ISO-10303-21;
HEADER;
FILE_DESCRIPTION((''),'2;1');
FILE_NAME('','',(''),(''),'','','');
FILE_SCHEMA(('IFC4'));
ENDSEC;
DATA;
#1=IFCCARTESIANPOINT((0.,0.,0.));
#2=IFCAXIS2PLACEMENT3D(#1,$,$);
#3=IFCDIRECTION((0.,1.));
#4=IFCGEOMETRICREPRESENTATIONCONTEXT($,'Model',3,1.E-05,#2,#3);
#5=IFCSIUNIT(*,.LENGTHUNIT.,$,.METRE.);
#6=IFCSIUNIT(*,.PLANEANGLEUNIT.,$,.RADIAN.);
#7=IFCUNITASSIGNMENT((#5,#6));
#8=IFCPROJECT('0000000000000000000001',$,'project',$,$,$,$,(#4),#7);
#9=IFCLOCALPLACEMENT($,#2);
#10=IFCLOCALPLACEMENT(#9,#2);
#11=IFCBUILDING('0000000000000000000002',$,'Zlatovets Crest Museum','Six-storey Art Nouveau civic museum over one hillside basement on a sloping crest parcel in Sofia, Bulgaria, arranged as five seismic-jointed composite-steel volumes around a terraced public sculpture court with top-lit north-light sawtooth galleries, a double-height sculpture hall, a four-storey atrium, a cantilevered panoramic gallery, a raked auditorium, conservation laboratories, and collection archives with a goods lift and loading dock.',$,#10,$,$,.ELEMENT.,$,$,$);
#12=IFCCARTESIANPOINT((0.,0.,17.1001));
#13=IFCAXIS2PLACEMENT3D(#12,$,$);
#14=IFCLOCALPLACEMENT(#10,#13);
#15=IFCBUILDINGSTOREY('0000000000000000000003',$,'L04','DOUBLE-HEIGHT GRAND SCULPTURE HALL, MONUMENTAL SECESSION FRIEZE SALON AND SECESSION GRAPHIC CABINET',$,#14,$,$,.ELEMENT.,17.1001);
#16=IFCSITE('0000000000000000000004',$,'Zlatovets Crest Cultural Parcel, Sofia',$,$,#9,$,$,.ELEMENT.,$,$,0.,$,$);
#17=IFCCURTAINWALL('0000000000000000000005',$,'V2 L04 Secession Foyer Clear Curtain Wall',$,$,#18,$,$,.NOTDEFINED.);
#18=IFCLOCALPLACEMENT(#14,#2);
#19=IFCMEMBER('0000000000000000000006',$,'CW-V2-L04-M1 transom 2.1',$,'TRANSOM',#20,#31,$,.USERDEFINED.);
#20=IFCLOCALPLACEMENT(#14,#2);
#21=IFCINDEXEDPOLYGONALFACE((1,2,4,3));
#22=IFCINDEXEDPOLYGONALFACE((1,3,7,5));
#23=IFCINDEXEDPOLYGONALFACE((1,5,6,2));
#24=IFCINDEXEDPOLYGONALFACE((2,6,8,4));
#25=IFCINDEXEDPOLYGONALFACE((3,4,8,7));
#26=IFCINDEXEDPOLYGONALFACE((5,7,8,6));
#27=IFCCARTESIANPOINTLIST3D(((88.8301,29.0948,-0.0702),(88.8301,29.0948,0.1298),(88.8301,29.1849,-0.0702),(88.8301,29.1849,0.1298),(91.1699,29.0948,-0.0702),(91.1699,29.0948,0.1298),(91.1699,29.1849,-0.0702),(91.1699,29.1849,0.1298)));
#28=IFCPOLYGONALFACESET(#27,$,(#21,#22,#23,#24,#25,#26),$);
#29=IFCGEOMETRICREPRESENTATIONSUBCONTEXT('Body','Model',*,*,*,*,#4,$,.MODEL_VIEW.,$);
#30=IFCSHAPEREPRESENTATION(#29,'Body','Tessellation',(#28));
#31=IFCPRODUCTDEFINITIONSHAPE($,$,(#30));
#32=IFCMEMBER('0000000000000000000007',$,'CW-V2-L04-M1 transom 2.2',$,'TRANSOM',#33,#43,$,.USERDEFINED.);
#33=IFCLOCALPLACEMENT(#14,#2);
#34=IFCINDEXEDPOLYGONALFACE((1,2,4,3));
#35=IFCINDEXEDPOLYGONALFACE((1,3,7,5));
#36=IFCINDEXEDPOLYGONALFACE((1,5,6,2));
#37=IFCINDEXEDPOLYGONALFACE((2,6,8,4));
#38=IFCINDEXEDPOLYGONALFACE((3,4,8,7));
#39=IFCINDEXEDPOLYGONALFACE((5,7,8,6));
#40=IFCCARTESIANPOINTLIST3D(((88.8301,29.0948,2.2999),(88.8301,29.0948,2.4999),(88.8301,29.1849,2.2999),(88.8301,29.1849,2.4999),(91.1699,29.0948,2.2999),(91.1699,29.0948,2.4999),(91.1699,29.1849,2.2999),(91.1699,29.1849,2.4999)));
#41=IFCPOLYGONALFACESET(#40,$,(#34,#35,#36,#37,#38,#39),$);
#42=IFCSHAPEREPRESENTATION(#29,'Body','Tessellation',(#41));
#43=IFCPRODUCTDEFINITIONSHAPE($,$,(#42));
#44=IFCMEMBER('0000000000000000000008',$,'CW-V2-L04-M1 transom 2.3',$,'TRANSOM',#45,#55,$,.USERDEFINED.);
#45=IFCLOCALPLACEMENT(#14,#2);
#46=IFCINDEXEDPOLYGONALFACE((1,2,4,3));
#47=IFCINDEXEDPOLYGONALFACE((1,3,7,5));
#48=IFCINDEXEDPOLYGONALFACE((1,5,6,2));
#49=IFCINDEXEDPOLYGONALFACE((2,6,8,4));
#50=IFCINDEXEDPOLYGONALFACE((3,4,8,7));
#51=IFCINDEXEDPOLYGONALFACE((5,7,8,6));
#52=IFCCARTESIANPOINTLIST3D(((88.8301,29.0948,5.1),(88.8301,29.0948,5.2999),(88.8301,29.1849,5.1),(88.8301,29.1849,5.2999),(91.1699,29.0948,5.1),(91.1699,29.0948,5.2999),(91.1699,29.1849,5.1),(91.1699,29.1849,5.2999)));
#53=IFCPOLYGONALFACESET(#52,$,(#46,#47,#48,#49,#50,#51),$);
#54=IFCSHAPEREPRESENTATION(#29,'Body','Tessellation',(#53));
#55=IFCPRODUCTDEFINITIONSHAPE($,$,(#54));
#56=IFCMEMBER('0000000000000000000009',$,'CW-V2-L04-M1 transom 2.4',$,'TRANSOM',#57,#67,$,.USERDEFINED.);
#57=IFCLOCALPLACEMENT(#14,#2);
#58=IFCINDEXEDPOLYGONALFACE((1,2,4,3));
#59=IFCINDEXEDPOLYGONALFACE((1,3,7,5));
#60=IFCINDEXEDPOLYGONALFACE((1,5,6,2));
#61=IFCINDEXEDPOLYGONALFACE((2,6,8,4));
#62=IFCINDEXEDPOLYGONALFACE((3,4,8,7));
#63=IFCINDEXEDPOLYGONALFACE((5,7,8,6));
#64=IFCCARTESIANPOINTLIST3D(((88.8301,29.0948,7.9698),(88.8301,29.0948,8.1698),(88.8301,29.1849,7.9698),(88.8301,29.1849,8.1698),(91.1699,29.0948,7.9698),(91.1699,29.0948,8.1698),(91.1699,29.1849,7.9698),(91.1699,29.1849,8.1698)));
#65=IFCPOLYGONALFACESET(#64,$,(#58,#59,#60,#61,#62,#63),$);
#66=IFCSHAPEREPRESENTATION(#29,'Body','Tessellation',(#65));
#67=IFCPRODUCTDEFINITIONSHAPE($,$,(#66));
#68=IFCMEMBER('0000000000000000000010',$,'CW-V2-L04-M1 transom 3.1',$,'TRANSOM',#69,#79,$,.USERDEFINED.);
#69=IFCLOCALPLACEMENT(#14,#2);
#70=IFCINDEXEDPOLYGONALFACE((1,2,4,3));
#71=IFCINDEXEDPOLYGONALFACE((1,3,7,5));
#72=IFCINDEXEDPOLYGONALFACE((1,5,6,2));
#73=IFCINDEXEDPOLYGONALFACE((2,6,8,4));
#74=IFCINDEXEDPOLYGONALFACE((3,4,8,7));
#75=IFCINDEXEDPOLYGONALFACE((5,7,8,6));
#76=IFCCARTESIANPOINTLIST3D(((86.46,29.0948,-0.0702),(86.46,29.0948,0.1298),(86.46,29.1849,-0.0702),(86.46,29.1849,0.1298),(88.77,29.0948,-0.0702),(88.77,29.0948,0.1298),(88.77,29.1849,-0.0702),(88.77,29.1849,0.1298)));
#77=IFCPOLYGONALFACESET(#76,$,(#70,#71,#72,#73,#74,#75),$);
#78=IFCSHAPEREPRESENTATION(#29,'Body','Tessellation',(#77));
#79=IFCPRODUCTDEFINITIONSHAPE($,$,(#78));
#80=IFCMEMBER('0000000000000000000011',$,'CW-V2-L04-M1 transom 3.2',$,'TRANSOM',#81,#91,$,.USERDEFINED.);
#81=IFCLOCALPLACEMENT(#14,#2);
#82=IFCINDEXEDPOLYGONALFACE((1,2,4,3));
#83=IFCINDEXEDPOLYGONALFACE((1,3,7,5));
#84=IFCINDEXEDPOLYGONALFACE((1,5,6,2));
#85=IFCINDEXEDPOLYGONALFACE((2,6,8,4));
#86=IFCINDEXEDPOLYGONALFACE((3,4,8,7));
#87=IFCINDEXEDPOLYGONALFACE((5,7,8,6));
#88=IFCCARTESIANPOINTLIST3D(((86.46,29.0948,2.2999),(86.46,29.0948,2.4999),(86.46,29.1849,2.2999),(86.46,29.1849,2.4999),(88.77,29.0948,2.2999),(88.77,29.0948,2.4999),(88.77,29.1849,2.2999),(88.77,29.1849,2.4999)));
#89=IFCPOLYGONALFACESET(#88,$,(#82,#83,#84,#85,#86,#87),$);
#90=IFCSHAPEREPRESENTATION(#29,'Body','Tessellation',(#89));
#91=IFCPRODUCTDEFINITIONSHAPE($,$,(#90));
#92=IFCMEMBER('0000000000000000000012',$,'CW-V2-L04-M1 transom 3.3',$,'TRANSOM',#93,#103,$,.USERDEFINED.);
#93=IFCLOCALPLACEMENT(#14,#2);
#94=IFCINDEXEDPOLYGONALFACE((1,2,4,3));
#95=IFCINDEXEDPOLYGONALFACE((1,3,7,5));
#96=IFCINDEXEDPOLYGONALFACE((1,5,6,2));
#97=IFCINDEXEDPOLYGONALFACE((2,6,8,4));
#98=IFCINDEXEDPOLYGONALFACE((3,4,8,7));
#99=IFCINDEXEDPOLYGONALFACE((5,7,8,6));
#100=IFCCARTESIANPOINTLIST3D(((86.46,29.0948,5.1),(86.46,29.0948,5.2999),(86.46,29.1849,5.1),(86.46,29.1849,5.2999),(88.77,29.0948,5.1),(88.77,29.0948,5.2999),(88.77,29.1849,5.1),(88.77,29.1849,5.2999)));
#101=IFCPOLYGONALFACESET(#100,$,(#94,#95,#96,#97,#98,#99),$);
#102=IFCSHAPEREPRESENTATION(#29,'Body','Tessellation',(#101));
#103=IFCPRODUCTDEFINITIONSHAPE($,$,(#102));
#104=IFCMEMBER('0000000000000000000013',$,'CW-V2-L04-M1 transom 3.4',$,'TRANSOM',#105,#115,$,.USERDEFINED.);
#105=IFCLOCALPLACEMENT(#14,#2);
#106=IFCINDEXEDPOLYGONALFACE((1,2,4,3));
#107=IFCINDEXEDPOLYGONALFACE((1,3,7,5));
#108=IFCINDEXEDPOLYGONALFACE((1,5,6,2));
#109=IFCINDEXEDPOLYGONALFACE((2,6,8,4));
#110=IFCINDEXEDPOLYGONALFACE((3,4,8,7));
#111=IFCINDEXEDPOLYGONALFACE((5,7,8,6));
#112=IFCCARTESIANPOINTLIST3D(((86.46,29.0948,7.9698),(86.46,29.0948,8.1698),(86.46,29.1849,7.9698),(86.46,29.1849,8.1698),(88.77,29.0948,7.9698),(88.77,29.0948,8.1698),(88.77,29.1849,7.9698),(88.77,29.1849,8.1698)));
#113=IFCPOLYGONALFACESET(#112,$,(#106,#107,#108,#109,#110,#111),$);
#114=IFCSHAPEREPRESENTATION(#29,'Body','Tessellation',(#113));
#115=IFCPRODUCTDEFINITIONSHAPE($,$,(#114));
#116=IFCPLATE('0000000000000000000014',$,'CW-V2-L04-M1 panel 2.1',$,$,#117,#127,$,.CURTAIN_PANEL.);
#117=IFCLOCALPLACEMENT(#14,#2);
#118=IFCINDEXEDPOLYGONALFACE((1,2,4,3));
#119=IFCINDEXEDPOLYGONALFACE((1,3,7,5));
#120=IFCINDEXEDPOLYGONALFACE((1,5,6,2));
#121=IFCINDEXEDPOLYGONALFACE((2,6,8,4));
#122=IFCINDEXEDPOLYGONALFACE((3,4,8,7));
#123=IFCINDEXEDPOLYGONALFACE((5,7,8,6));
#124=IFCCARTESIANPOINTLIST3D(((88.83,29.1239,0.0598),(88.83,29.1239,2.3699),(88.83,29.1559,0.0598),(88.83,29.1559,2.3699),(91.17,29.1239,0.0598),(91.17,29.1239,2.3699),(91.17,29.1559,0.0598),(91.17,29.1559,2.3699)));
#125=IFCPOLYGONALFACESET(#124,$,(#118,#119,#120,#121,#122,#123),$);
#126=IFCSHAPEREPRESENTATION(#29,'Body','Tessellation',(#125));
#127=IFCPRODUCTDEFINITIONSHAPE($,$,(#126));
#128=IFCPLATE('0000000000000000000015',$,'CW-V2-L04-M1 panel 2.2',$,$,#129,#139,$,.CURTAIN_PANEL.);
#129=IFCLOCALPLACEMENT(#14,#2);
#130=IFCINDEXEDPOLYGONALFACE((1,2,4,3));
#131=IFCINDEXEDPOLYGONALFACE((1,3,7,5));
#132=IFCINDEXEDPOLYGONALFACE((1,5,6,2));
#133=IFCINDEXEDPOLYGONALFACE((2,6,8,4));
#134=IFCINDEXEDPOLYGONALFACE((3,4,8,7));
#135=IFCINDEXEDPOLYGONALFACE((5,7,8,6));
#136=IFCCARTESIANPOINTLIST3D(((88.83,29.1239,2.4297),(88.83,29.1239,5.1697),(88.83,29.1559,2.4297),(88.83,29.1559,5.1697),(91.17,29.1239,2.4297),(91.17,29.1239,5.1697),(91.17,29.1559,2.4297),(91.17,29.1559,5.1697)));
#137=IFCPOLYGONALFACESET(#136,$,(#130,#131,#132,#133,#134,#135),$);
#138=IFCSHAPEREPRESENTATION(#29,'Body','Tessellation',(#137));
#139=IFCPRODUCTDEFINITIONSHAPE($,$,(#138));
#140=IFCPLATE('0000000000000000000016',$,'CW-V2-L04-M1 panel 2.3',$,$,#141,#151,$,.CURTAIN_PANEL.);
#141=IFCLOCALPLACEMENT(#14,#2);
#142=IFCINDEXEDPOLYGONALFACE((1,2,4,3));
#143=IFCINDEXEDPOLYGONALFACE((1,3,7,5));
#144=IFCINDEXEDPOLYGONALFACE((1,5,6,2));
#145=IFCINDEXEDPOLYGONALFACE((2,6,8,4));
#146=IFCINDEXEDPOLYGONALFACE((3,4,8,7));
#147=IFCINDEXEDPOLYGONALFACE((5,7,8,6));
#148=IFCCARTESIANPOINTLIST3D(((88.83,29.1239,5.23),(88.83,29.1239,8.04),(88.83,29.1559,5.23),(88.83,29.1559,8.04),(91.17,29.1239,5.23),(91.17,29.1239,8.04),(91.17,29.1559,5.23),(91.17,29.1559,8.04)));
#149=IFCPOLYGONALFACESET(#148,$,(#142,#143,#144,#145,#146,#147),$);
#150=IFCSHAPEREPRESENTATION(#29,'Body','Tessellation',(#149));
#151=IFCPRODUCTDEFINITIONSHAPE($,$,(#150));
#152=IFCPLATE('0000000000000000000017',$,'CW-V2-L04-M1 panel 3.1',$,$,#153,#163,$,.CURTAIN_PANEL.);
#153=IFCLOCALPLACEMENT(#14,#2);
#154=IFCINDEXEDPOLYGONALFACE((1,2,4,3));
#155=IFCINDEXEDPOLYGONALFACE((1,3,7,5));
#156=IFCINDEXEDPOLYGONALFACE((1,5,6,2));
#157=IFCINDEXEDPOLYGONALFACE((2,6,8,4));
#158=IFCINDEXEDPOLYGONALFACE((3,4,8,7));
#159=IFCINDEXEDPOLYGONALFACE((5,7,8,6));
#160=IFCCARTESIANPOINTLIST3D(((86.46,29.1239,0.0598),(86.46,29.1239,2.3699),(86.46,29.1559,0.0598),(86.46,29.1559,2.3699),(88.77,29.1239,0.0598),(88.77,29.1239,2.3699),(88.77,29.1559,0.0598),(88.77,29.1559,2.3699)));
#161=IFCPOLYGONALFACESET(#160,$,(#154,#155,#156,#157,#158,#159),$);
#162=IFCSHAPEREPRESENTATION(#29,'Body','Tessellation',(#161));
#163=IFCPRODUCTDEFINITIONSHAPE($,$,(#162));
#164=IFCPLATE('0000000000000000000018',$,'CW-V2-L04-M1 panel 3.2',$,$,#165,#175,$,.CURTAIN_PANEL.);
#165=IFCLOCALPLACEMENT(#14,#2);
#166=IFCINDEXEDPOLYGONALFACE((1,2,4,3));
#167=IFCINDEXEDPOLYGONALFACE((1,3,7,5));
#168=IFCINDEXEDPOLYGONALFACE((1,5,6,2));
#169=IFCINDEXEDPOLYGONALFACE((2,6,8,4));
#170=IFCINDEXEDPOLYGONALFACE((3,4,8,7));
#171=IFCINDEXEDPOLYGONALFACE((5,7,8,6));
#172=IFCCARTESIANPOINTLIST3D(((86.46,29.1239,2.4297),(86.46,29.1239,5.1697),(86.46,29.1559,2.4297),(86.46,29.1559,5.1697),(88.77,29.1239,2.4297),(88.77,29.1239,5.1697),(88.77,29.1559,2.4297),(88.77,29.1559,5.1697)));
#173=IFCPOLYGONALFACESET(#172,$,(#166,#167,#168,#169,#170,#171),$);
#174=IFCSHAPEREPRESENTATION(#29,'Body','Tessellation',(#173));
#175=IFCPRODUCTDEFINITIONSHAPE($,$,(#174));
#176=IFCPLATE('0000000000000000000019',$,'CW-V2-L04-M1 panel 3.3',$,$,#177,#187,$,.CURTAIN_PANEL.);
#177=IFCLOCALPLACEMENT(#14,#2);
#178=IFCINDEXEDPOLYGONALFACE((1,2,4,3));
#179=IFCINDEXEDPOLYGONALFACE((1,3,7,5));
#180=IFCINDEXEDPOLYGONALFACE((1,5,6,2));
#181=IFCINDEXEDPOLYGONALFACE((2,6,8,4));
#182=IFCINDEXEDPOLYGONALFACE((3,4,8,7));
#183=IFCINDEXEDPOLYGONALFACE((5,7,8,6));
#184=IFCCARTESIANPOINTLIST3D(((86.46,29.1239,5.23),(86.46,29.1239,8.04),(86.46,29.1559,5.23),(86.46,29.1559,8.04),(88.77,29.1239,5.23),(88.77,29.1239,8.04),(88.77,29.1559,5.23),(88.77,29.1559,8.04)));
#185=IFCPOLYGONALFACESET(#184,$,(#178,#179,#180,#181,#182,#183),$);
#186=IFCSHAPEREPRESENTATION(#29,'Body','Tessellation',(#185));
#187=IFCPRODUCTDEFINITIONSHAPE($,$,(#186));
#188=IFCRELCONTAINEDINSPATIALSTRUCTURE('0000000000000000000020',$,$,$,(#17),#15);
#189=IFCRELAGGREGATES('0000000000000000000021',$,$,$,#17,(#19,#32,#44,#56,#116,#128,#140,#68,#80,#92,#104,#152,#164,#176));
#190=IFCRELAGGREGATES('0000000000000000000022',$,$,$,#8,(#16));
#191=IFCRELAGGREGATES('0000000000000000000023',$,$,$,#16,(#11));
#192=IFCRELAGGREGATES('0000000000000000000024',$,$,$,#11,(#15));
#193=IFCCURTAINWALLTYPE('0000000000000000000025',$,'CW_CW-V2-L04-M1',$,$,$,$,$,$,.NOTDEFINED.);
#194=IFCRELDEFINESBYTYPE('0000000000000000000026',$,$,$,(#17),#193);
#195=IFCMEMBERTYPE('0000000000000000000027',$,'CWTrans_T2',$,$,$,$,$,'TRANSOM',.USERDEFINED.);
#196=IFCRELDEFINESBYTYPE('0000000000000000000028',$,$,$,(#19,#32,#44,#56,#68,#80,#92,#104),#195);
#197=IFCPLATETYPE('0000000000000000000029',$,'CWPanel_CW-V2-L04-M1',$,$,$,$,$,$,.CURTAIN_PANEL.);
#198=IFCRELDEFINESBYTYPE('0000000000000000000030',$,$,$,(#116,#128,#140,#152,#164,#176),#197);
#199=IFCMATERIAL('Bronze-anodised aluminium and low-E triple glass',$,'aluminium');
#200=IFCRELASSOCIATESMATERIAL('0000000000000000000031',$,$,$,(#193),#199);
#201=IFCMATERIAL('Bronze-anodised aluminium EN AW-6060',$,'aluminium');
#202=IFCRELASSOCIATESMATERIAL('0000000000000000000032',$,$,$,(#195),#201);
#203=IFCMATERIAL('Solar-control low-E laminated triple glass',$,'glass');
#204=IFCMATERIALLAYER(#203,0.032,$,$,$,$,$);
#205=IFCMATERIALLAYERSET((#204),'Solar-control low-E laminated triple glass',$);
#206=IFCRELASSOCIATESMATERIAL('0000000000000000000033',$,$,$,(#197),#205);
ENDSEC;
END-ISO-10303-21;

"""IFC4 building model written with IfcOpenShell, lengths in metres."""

from ifc_helpers import new_model, si_unit, direction, frame, origin, origin_2d, place, context, subcontext, project, spatial, rectangle, extrude, material, layer, layer_set, material_profile, profile_set, type_object, element, aggregate, save


model = new_model("IFC4")

# Units and contexts
model_context = context("Model", 3, precision=1e-05, world=origin(), true_north=direction((0.0, 1.0)))
body_context = subcontext(model_context, "Body", "Model", "MODEL_VIEW")
ifc_project = project(units=[si_unit("LENGTHUNIT", "METRE"), si_unit("PLANEANGLEUNIT", "RADIAN")], contexts=[model_context])

# Site, building, storey
site_placement = place(None, origin())
site = spatial("IfcSite", under=ifc_project, at=site_placement, Name="Zlatovets Crest Cultural Parcel, Sofia", CompositionType="ELEMENT", RefElevation=0.0)
building_placement = place(site_placement, origin())
building = spatial("IfcBuilding", under=site, at=building_placement, Name="Zlatovets Crest Museum", Description="Six-storey Art Nouveau civic museum over one hillside basement on a sloping crest parcel in Sofia, Bulgaria, arranged as five seismic-jointed composite-steel volumes around a terraced public sculpture court with top-lit north-light sawtooth galleries, a double-height sculpture hall, a four-storey atrium, a cantilevered panoramic gallery, a raked auditorium, conservation laboratories, and collection archives with a goods lift and loading dock.", CompositionType="ELEMENT")
storey_placement = place(building_placement, frame((0.0, 0.0, 17.1001)))
storey = spatial("IfcBuildingStorey", under=building, at=storey_placement, Name="L04", Description="DOUBLE-HEIGHT GRAND SCULPTURE HALL, MONUMENTAL SECESSION FRIEZE SALON AND SECESSION GRAPHIC CABINET", CompositionType="ELEMENT", Elevation=17.1001)

# Curtain wall, members, plates
ifc_material_1 = material(Name="Bronze-anodised aluminium and low-E triple glass", Category="aluminium")
curtain_wall_type = type_object("IfcCurtainWallType", Name="CW_CW-V2-L04-M1", PredefinedType="NOTDEFINED", material=ifc_material_1)
curtain_wall_placement = place(storey_placement, origin())
curtain_wall = element("IfcCurtainWall", 1, at=curtain_wall_placement, inside=storey, type_object=curtain_wall_type, Name="V2 L04 Secession Foyer Clear Curtain Wall", PredefinedType="NOTDEFINED")
ifc_material_2 = material(Name="Bronze-anodised aluminium EN AW-6060", Category="aluminium")
ifc_material_profile_1 = material_profile(ifc_material_2, rectangle(XDim=0.0901, YDim=0.2, at=origin_2d()), Name="ALU 90x200")
ifc_profile_set_1 = profile_set([ifc_material_profile_1], Name="Bronze-anodised aluminium EN AW-6060")
member_type_1 = type_object("IfcMemberType", Name="CWTrans_T2", ElementType="TRANSOM", PredefinedType="USERDEFINED", material=ifc_profile_set_1)
member_1_placement = place(storey_placement, frame((91.1699, 29.1399, 0.0298), z_axis=(-1.0, 0.0, 0.0), x_axis=(0.0, -1.0, 0.0)))
member_1 = element("IfcMember", 2, at=member_1_placement, type_object=member_type_1, Name="CW-V2-L04-M1 transom 2.1", ObjectType="TRANSOM", PredefinedType="USERDEFINED", context=body_context, shape_type="SweptSolid", body=[
    extrude(rectangle(XDim=0.0901, YDim=0.2, at=origin_2d()), origin(), (0.0, 0.0, 1.0), 2.3398),
])
member_2_placement = place(storey_placement, frame((91.1699, 29.1399, 2.3999), z_axis=(-1.0, 0.0, 0.0), x_axis=(0.0, -1.0, 0.0)))
member_2 = element("IfcMember", 3, at=member_2_placement, type_object=member_type_1, Name="CW-V2-L04-M1 transom 2.2", ObjectType="TRANSOM", PredefinedType="USERDEFINED", context=body_context, shape_type="SweptSolid", body=[
    extrude(rectangle(XDim=0.0901, YDim=0.2, at=origin_2d()), origin(), (0.0, 0.0, 1.0), 2.3398),
])
member_3_placement = place(storey_placement, frame((91.1699, 29.1399, 5.2), z_axis=(-1.0, 0.0, 0.0), x_axis=(0.0, -1.0, 0.0)))
member_3 = element("IfcMember", 4, at=member_3_placement, type_object=member_type_1, Name="CW-V2-L04-M1 transom 2.3", ObjectType="TRANSOM", PredefinedType="USERDEFINED", context=body_context, shape_type="SweptSolid", body=[
    extrude(rectangle(XDim=0.0901, YDim=0.2, at=origin_2d()), origin(), (0.0, 0.0, 1.0), 2.3398),
])
member_4_placement = place(storey_placement, frame((91.1699, 29.1399, 8.0698), z_axis=(-1.0, 0.0, 0.0), x_axis=(0.0, -1.0, 0.0)))
member_4 = element("IfcMember", 5, at=member_4_placement, type_object=member_type_1, Name="CW-V2-L04-M1 transom 2.4", ObjectType="TRANSOM", PredefinedType="USERDEFINED", context=body_context, shape_type="SweptSolid", body=[
    extrude(rectangle(XDim=0.0901, YDim=0.2, at=origin_2d()), origin(), (0.0, 0.0, 1.0), 2.3398),
])
member_5_placement = place(storey_placement, frame((88.77, 29.1399, 0.0298), z_axis=(-1.0, 0.0, 0.0), x_axis=(0.0, -1.0, 0.0)))
member_5 = element("IfcMember", 6, at=member_5_placement, type_object=member_type_1, Name="CW-V2-L04-M1 transom 3.1", ObjectType="TRANSOM", PredefinedType="USERDEFINED", context=body_context, shape_type="SweptSolid", body=[
    extrude(rectangle(XDim=0.0901, YDim=0.2, at=origin_2d()), origin(), (0.0, 0.0, 1.0), 2.3101),
])
member_6_placement = place(storey_placement, frame((88.77, 29.1399, 2.3999), z_axis=(-1.0, 0.0, 0.0), x_axis=(0.0, -1.0, 0.0)))
member_6 = element("IfcMember", 7, at=member_6_placement, type_object=member_type_1, Name="CW-V2-L04-M1 transom 3.2", ObjectType="TRANSOM", PredefinedType="USERDEFINED", context=body_context, shape_type="SweptSolid", body=[
    extrude(rectangle(XDim=0.0901, YDim=0.2, at=origin_2d()), origin(), (0.0, 0.0, 1.0), 2.3101),
])
member_7_placement = place(storey_placement, frame((88.77, 29.1399, 5.2), z_axis=(-1.0, 0.0, 0.0), x_axis=(0.0, -1.0, 0.0)))
member_7 = element("IfcMember", 8, at=member_7_placement, type_object=member_type_1, Name="CW-V2-L04-M1 transom 3.3", ObjectType="TRANSOM", PredefinedType="USERDEFINED", context=body_context, shape_type="SweptSolid", body=[
    extrude(rectangle(XDim=0.0901, YDim=0.2, at=origin_2d()), origin(), (0.0, 0.0, 1.0), 2.3101),
])
member_8_placement = place(storey_placement, frame((88.77, 29.1399, 8.0698), z_axis=(-1.0, 0.0, 0.0), x_axis=(0.0, -1.0, 0.0)))
member_8 = element("IfcMember", 9, at=member_8_placement, type_object=member_type_1, Name="CW-V2-L04-M1 transom 3.4", ObjectType="TRANSOM", PredefinedType="USERDEFINED", context=body_context, shape_type="SweptSolid", body=[
    extrude(rectangle(XDim=0.0901, YDim=0.2, at=origin_2d()), origin(), (0.0, 0.0, 1.0), 2.3101),
])
ifc_material_3 = material(Name="Solar-control low-E laminated triple glass", Category="glass")
ifc_layer_1 = layer(ifc_material_3, 0.032)
ifc_layer_set_1 = layer_set([ifc_layer_1], Name="Solar-control low-E laminated triple glass")
plate_type = type_object("IfcPlateType", Name="CWPanel_CW-V2-L04-M1", PredefinedType="CURTAIN_PANEL", material=ifc_layer_set_1)
plate_1_placement = place(storey_placement, frame((90.0, 29.1399, 0.0598), z_axis=(0.0, 0.0, 1.0), x_axis=(-1.0, 0.0, 0.0)))
plate_1 = element("IfcPlate", 10, at=plate_1_placement, type_object=plate_type, Name="CW-V2-L04-M1 panel 2.1", PredefinedType="CURTAIN_PANEL", context=body_context, shape_type="SweptSolid", body=[
    extrude(rectangle(XDim=2.3401, YDim=0.032, at=origin_2d()), origin(), (0.0, 0.0, 1.0), 2.3101),
])
plate_2_placement = place(storey_placement, frame((90.0, 29.1399, 2.4297), z_axis=(0.0, 0.0, 1.0), x_axis=(-1.0, 0.0, 0.0)))
plate_2 = element("IfcPlate", 11, at=plate_2_placement, type_object=plate_type, Name="CW-V2-L04-M1 panel 2.2", PredefinedType="CURTAIN_PANEL", context=body_context, shape_type="SweptSolid", body=[
    extrude(rectangle(XDim=2.3401, YDim=0.032, at=origin_2d()), origin(), (0.0, 0.0, 1.0), 2.74),
])
plate_3_placement = place(storey_placement, frame((90.0, 29.1399, 5.23), z_axis=(0.0, 0.0, 1.0), x_axis=(-1.0, 0.0, 0.0)))
plate_3 = element("IfcPlate", 12, at=plate_3_placement, type_object=plate_type, Name="CW-V2-L04-M1 panel 2.3", PredefinedType="CURTAIN_PANEL", context=body_context, shape_type="SweptSolid", body=[
    extrude(rectangle(XDim=2.3401, YDim=0.032, at=origin_2d()), origin(), (0.0, 0.0, 1.0), 2.8101),
])
plate_4_placement = place(storey_placement, frame((87.615, 29.1399, 0.0598), z_axis=(0.0, 0.0, 1.0), x_axis=(-1.0, 0.0, 0.0)))
plate_4 = element("IfcPlate", 13, at=plate_4_placement, type_object=plate_type, Name="CW-V2-L04-M1 panel 3.1", PredefinedType="CURTAIN_PANEL", context=body_context, shape_type="SweptSolid", body=[
    extrude(rectangle(XDim=2.3101, YDim=0.032, at=origin_2d()), origin(), (0.0, 0.0, 1.0), 2.3101),
])
plate_5_placement = place(storey_placement, frame((87.615, 29.1399, 2.4297), z_axis=(0.0, 0.0, 1.0), x_axis=(-1.0, 0.0, 0.0)))
plate_5 = element("IfcPlate", 14, at=plate_5_placement, type_object=plate_type, Name="CW-V2-L04-M1 panel 3.2", PredefinedType="CURTAIN_PANEL", context=body_context, shape_type="SweptSolid", body=[
    extrude(rectangle(XDim=2.3101, YDim=0.032, at=origin_2d()), origin(), (0.0, 0.0, 1.0), 2.74),
])
plate_6_placement = place(storey_placement, frame((87.615, 29.1399, 5.23), z_axis=(0.0, 0.0, 1.0), x_axis=(-1.0, 0.0, 0.0)))
plate_6 = element("IfcPlate", 15, at=plate_6_placement, type_object=plate_type, Name="CW-V2-L04-M1 panel 3.3", PredefinedType="CURTAIN_PANEL", context=body_context, shape_type="SweptSolid", body=[
    extrude(rectangle(XDim=2.3101, YDim=0.032, at=origin_2d()), origin(), (0.0, 0.0, 1.0), 2.8101),
])
aggregate(curtain_wall, [member_1, member_2, member_3, member_4, plate_1, plate_2, plate_3, member_5, member_6, member_7, member_8, plate_4, plate_5, plate_6])

save(model, "model.ifc")
